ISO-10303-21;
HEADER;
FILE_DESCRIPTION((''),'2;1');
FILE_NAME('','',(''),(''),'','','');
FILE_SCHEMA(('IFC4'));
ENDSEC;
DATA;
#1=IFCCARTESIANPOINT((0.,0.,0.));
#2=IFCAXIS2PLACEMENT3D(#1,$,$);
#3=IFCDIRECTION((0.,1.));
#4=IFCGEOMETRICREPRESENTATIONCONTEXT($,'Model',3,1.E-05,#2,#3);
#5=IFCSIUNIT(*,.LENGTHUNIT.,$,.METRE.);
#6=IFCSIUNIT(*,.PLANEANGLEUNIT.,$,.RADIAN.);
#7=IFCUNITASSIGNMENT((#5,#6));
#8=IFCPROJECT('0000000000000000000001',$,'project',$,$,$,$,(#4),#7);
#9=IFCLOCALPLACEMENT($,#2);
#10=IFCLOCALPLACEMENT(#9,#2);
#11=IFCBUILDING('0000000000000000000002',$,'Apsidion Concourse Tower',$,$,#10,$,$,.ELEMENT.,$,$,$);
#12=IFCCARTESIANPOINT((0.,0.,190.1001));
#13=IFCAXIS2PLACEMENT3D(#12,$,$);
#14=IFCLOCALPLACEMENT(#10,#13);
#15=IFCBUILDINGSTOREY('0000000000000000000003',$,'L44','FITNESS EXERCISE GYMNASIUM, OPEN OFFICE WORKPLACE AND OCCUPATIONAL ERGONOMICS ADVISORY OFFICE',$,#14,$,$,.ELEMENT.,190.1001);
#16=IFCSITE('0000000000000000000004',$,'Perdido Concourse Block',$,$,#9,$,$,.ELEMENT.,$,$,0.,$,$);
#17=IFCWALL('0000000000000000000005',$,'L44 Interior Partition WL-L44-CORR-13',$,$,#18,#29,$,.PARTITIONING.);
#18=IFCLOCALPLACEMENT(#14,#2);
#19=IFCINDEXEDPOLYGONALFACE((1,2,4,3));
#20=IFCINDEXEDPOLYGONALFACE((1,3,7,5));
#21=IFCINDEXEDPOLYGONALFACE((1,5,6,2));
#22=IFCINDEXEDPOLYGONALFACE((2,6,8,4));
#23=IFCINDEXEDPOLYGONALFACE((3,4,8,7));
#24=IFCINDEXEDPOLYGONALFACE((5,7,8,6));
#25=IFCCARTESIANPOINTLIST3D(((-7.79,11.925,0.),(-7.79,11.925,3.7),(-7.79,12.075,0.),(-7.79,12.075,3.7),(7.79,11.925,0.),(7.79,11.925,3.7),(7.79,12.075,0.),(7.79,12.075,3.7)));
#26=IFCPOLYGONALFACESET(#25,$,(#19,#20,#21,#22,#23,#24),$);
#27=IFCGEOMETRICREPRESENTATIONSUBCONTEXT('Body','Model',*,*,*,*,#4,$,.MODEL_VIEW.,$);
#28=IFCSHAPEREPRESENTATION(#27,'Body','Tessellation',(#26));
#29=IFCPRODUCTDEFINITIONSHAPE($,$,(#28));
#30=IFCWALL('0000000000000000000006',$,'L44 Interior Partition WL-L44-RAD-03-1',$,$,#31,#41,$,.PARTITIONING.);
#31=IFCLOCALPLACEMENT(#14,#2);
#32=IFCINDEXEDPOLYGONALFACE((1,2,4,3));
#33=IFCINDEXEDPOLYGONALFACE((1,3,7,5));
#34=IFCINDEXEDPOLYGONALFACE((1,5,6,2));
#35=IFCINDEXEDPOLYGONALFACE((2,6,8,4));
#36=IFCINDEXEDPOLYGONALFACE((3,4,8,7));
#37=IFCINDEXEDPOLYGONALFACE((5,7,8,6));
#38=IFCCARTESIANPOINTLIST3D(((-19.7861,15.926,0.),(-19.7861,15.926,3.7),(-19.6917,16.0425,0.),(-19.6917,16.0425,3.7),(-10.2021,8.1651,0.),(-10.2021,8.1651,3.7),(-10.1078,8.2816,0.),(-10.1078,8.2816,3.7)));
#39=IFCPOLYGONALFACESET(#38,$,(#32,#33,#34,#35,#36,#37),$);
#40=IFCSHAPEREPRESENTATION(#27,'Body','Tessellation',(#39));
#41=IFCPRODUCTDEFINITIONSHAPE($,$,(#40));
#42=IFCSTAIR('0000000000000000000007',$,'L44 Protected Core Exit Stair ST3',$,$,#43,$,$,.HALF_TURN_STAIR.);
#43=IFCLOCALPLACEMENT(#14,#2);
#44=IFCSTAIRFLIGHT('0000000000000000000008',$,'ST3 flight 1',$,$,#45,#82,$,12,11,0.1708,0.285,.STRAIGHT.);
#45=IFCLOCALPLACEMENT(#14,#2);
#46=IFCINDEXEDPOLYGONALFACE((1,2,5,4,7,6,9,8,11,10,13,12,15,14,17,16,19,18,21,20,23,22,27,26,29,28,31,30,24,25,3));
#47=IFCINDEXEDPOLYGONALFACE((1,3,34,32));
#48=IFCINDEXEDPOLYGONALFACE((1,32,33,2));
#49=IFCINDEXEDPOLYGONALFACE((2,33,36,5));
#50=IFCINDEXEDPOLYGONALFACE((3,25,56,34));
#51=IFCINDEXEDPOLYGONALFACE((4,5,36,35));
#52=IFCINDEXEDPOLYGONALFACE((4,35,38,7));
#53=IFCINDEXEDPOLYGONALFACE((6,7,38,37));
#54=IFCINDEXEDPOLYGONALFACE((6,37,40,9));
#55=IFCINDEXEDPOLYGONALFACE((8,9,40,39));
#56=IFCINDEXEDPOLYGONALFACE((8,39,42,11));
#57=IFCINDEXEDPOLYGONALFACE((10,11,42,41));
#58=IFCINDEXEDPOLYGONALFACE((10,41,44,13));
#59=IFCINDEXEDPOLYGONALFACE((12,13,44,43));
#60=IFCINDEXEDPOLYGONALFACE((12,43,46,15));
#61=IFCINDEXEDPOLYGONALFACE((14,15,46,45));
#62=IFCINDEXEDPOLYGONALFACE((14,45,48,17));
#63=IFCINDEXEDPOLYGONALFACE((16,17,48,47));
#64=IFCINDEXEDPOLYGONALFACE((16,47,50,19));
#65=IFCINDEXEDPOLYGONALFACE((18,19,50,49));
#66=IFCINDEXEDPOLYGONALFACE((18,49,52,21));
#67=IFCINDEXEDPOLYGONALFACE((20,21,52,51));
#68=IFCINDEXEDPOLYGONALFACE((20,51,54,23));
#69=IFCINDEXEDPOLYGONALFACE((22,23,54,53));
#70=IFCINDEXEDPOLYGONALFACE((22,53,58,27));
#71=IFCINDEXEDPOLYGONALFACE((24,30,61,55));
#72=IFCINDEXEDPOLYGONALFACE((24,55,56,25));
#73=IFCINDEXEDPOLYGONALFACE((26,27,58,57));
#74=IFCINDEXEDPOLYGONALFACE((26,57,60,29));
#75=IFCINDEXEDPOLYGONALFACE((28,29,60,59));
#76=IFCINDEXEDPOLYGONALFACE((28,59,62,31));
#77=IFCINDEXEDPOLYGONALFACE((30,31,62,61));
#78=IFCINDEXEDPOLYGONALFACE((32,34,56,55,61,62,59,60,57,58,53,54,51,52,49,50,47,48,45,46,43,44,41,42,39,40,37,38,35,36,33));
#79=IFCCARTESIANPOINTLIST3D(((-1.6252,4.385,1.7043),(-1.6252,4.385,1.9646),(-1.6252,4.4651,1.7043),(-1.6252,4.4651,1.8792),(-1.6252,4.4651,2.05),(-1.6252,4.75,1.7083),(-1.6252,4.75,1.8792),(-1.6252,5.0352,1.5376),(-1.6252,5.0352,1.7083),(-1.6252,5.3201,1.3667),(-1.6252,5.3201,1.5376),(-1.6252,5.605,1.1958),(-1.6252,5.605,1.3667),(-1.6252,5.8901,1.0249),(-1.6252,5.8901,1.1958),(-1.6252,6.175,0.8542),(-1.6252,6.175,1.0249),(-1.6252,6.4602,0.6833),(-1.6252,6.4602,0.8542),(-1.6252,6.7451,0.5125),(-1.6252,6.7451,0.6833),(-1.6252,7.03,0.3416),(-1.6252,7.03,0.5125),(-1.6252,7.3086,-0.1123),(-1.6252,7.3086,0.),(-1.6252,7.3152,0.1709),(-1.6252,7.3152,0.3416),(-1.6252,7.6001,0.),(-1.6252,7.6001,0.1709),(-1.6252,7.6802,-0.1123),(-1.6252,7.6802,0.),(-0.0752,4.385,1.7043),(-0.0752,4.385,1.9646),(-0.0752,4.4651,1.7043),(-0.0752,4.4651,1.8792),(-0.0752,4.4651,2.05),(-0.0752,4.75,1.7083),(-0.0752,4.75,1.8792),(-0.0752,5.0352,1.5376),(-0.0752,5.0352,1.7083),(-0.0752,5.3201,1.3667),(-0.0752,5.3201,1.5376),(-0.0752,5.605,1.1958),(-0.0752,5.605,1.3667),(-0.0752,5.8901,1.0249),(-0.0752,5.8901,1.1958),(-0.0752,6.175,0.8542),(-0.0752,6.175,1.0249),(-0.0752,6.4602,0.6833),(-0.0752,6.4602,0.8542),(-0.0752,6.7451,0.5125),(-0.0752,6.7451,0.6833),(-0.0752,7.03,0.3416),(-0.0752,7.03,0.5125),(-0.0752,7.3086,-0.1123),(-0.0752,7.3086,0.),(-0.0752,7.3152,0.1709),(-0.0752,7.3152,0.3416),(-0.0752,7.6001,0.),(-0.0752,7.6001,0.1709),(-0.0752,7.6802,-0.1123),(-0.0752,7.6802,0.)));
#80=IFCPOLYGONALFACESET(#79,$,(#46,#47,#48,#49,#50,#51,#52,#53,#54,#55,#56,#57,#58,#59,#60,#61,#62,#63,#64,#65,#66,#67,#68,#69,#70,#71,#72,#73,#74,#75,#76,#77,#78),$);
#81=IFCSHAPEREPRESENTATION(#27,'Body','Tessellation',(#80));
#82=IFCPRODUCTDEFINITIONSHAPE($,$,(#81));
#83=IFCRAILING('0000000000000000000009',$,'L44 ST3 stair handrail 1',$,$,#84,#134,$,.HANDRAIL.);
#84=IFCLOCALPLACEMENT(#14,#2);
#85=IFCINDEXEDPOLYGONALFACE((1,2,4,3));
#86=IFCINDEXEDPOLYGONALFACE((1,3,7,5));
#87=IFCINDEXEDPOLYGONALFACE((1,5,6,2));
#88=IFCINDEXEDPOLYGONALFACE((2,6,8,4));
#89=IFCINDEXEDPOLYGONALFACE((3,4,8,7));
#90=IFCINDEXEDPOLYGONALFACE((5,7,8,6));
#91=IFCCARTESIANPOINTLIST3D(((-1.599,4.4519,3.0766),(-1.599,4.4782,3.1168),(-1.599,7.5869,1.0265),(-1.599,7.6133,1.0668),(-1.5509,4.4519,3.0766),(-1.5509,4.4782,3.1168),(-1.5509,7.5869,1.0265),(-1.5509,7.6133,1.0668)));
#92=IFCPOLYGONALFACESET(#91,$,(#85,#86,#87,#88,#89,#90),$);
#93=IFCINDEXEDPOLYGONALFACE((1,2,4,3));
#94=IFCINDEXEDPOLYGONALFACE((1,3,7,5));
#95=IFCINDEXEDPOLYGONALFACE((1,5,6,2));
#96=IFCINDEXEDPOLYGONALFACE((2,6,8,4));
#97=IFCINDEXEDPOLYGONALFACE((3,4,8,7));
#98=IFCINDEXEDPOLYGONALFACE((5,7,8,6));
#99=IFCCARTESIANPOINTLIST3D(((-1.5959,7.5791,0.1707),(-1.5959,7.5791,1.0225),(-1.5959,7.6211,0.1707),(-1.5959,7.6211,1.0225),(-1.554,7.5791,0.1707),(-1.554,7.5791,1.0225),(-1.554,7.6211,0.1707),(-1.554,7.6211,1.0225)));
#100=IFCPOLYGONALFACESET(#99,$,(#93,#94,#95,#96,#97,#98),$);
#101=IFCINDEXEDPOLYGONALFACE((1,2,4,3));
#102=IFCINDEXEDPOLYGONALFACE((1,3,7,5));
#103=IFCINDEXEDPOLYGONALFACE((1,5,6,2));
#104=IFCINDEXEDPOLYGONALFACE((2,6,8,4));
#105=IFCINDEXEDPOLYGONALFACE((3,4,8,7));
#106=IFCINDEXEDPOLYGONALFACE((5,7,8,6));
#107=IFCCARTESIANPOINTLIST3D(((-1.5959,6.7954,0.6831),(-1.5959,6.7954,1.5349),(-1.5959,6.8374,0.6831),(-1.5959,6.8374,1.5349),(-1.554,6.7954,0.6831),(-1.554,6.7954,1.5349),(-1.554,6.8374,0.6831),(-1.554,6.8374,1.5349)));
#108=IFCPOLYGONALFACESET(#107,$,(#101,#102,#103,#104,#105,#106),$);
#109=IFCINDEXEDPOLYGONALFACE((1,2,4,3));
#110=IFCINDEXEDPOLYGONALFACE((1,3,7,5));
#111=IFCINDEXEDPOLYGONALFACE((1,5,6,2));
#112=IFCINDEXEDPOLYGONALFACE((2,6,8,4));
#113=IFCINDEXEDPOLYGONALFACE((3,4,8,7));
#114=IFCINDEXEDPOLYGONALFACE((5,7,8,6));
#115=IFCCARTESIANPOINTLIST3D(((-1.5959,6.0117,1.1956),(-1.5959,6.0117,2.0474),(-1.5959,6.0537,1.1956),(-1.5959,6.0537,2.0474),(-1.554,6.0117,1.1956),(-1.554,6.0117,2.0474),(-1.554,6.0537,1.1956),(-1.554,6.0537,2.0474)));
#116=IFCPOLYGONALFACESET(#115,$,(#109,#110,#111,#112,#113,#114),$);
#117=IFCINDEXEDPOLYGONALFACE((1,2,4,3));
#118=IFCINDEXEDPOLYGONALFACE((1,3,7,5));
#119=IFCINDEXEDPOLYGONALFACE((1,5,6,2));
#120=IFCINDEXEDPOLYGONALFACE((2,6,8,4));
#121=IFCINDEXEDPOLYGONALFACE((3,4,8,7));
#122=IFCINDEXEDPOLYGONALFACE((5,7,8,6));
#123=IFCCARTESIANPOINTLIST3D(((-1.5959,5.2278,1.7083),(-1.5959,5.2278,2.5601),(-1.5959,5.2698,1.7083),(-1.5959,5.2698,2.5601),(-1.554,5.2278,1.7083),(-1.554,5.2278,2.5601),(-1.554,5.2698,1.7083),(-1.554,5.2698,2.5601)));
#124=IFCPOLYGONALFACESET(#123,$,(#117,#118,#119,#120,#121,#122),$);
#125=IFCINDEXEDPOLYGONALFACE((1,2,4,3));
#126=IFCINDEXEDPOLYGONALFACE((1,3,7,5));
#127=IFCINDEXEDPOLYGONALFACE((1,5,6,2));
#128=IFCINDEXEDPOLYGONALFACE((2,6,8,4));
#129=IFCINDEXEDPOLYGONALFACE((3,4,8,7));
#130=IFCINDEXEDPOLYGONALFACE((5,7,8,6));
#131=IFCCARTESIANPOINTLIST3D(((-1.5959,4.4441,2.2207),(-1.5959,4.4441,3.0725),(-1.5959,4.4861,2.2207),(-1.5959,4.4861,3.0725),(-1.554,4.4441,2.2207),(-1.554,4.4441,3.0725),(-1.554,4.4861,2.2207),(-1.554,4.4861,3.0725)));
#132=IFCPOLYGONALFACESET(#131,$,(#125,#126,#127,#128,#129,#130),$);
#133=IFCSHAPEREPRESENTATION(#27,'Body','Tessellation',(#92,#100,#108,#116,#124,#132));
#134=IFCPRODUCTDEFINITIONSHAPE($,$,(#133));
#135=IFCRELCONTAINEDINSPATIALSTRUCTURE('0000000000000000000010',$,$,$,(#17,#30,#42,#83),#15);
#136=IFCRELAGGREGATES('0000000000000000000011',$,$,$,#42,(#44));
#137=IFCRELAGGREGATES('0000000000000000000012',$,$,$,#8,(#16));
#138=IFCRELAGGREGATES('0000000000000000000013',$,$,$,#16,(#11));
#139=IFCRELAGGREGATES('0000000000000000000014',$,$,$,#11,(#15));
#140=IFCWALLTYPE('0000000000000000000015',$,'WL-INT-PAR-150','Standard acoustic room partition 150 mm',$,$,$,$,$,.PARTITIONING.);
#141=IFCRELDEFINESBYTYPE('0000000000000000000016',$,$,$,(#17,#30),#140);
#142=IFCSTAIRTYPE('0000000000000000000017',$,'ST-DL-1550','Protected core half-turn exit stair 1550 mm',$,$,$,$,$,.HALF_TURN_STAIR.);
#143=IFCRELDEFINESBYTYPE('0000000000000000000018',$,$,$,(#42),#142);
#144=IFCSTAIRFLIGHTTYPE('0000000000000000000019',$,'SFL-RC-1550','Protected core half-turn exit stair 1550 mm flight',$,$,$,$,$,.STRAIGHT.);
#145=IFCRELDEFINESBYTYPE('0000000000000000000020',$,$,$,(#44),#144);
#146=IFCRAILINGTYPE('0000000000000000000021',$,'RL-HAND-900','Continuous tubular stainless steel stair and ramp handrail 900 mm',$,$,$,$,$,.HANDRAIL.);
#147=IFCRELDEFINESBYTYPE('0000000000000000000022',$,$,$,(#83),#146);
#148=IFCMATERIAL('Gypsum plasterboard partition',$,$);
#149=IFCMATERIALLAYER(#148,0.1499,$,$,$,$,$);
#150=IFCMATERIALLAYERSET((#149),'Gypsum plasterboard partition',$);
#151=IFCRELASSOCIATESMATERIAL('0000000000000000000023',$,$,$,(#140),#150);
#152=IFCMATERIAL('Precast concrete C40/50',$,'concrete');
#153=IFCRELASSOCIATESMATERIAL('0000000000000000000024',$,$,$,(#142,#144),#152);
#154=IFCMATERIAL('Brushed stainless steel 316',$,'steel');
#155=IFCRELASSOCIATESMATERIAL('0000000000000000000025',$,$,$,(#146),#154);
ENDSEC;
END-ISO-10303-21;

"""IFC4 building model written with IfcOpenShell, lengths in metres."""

from ifc_helpers import new_model, si_unit, direction, frame, frame_2d, origin, origin_2d, place, context, subcontext, project, spatial, polyline, rectangle, outline, extrude, material, layer, layer_set, type_object, element, aggregate, save


model = new_model("IFC4")

# Units and contexts
model_context = context("Model", 3, precision=1e-05, world=origin(), true_north=direction((0.0, 1.0)))
body_context = subcontext(model_context, "Body", "Model", "MODEL_VIEW")
ifc_project = project(units=[si_unit("LENGTHUNIT", "METRE"), si_unit("PLANEANGLEUNIT", "RADIAN")], contexts=[model_context])

# Site, building, storey
site_placement = place(None, origin())
site = spatial("IfcSite", under=ifc_project, at=site_placement, Name="Perdido Concourse Block", CompositionType="ELEMENT", RefElevation=0.0)
building_placement = place(site_placement, origin())
building = spatial("IfcBuilding", under=site, at=building_placement, Name="Apsidion Concourse Tower", CompositionType="ELEMENT")
storey_placement = place(building_placement, frame((0.0, 0.0, 190.1001)))
storey = spatial("IfcBuildingStorey", under=building, at=storey_placement, Name="L44", Description="FITNESS EXERCISE GYMNASIUM, OPEN OFFICE WORKPLACE AND OCCUPATIONAL ERGONOMICS ADVISORY OFFICE", CompositionType="ELEMENT", Elevation=190.1001)

# Shared definitions
ifc_material_1 = material(Name="Precast concrete C40/50", Category="concrete")

# Walls
ifc_material_2 = material(Name="Gypsum plasterboard partition")
ifc_layer_1 = layer(ifc_material_2, 0.1499)
ifc_layer_set_1 = layer_set([ifc_layer_1], Name="Gypsum plasterboard partition")
wall_type_1 = type_object("IfcWallType", Name="WL-INT-PAR-150", Description="Standard acoustic room partition 150 mm", PredefinedType="PARTITIONING", material=ifc_layer_set_1)
wall_1_placement = place(storey_placement, frame((-7.79, 12.0, 0.0), z_axis=(0.0, 0.0, 1.0), x_axis=(1.0, 0.0, 0.0)))
element("IfcWall", 1, at=wall_1_placement, inside=storey, type_object=wall_type_1, Name="L44 Interior Partition WL-L44-CORR-13", PredefinedType="PARTITIONING", context=body_context, shape_type="SweptSolid", body=[
    extrude(rectangle(XDim=15.5801, YDim=0.1499, at=frame_2d((7.79, 0.0))), origin(), (0.0, 0.0, 1.0), 3.7),
])
wall_2_placement = place(storey_placement, frame((-10.155, 8.2234, 0.0), z_axis=(0.0, 0.0, 1.0), x_axis=(-0.777145, 0.629322, 0.0)))
element("IfcWall", 2, at=wall_2_placement, inside=storey, type_object=wall_type_1, Name="L44 Interior Partition WL-L44-RAD-03-1", PredefinedType="PARTITIONING", context=body_context, shape_type="SweptSolid", body=[
    extrude(rectangle(XDim=12.3323, YDim=0.1499, at=frame_2d((6.166, 0.0))), origin(), (0.0, 0.0, 1.0), 3.7),
])

# Shared definitions
ifc_material_3 = material(Name="Brushed stainless steel 316", Category="steel")

# Stair, stair flight
stair_type = type_object("IfcStairType", Name="ST-DL-1550", Description="Protected core half-turn exit stair 1550 mm", PredefinedType="HALF_TURN_STAIR", material=ifc_material_1)
stair_placement = place(storey_placement, origin())
stair = element("IfcStair", 3, at=stair_placement, inside=storey, type_object=stair_type, Name="L44 Protected Core Exit Stair ST3", PredefinedType="HALF_TURN_STAIR")
stair_flight_type = type_object("IfcStairFlightType", Name="SFL-RC-1550", Description="Protected core half-turn exit stair 1550 mm flight", PredefinedType="STRAIGHT", material=ifc_material_1)
stair_flight_placement = place(storey_placement, frame((-0.8501, 7.6001, 0.0), z_axis=(0.0, 0.0, 1.0), x_axis=(0.0, -1.0, 0.0)))
stair_flight = element("IfcStairFlight", 4, at=stair_flight_placement, type_object=stair_flight_type, Name="ST3 flight 1", NumberOfRisers=12, NumberOfTreads=11, PredefinedType="STRAIGHT", RiserHeight=0.1708, TreadLength=0.285, context=body_context, shape_type="SweptSolid", body=[
    extrude(outline(polyline([(-0.0801, -0.1123), (-0.0801, 0.0), (0.0, 0.0), (0.0, 0.1709), (0.2849, 0.1709), (0.2849, 0.3416), (0.5701, 0.3416), (0.5701, 0.5125), (0.855, 0.5125), (0.855, 0.6833), (1.1399, 0.6833), (1.1399, 0.8542), (1.425, 0.8542), (1.425, 1.0249), (1.71, 1.0249), (1.71, 1.1958), (1.9951, 1.1958), (1.9951, 1.3667), (2.28, 1.3667), (2.28, 1.5376), (2.5649, 1.5376), (2.5649, 1.7083), (2.8501, 1.7083), (2.8501, 1.8792), (3.135, 1.8792), (3.135, 2.05), (3.2151, 1.9646), (3.2151, 1.7043), (3.135, 1.7043), (0.2915, 0.0), (0.2915, -0.1123), (-0.0801, -0.1123)])), frame((0.0, 0.7749, 0.0), z_axis=(0.0, -1.0, 0.0), x_axis=(1.0, 0.0, 0.0)), (0.0, 0.0, 1.0), 1.55),
])
aggregate(stair, [stair_flight])

# Railing
railing_type_1 = type_object("IfcRailingType", Name="RL-HAND-900", Description="Continuous tubular stainless steel stair and ramp handrail 900 mm", PredefinedType="HANDRAIL", material=ifc_material_3)
railing_1_placement = place(storey_placement, frame((-1.575, 7.6001, 0.1707)))
element("IfcRailing", 5, at=railing_1_placement, inside=storey, type_object=railing_type_1, Name="L44 ST3 stair handrail 1", PredefinedType="HANDRAIL", context=body_context, shape_type="SweptSolid", body=[
    extrude(rectangle(XDim=0.0481, YDim=0.0481, at=origin_2d()), frame((0.0, 0.0, 0.876), z_axis=(0.0, -0.836941, 0.547293), x_axis=(1.0, 0.0, 0.0)), (0.0, 0.0, 1.0), 3.7458),
    extrude(rectangle(XDim=0.042, YDim=0.042, at=origin_2d()), origin(), (0.0, 0.0, 1.0), 0.8518),
    extrude(rectangle(XDim=0.042, YDim=0.042, at=origin_2d()), frame((0.0, -0.7837, 0.5125)), (0.0, 0.0, 1.0), 0.8518),
    extrude(rectangle(XDim=0.042, YDim=0.042, at=origin_2d()), frame((0.0, -1.5674, 1.0249)), (0.0, 0.0, 1.0), 0.8518),
    extrude(rectangle(XDim=0.042, YDim=0.042, at=origin_2d()), frame((0.0, -2.3513, 1.5376)), (0.0, 0.0, 1.0), 0.8518),
    extrude(rectangle(XDim=0.042, YDim=0.042, at=origin_2d()), frame((0.0, -3.135, 2.05)), (0.0, 0.0, 1.0), 0.8518),
])

save(model, "model.ifc")
